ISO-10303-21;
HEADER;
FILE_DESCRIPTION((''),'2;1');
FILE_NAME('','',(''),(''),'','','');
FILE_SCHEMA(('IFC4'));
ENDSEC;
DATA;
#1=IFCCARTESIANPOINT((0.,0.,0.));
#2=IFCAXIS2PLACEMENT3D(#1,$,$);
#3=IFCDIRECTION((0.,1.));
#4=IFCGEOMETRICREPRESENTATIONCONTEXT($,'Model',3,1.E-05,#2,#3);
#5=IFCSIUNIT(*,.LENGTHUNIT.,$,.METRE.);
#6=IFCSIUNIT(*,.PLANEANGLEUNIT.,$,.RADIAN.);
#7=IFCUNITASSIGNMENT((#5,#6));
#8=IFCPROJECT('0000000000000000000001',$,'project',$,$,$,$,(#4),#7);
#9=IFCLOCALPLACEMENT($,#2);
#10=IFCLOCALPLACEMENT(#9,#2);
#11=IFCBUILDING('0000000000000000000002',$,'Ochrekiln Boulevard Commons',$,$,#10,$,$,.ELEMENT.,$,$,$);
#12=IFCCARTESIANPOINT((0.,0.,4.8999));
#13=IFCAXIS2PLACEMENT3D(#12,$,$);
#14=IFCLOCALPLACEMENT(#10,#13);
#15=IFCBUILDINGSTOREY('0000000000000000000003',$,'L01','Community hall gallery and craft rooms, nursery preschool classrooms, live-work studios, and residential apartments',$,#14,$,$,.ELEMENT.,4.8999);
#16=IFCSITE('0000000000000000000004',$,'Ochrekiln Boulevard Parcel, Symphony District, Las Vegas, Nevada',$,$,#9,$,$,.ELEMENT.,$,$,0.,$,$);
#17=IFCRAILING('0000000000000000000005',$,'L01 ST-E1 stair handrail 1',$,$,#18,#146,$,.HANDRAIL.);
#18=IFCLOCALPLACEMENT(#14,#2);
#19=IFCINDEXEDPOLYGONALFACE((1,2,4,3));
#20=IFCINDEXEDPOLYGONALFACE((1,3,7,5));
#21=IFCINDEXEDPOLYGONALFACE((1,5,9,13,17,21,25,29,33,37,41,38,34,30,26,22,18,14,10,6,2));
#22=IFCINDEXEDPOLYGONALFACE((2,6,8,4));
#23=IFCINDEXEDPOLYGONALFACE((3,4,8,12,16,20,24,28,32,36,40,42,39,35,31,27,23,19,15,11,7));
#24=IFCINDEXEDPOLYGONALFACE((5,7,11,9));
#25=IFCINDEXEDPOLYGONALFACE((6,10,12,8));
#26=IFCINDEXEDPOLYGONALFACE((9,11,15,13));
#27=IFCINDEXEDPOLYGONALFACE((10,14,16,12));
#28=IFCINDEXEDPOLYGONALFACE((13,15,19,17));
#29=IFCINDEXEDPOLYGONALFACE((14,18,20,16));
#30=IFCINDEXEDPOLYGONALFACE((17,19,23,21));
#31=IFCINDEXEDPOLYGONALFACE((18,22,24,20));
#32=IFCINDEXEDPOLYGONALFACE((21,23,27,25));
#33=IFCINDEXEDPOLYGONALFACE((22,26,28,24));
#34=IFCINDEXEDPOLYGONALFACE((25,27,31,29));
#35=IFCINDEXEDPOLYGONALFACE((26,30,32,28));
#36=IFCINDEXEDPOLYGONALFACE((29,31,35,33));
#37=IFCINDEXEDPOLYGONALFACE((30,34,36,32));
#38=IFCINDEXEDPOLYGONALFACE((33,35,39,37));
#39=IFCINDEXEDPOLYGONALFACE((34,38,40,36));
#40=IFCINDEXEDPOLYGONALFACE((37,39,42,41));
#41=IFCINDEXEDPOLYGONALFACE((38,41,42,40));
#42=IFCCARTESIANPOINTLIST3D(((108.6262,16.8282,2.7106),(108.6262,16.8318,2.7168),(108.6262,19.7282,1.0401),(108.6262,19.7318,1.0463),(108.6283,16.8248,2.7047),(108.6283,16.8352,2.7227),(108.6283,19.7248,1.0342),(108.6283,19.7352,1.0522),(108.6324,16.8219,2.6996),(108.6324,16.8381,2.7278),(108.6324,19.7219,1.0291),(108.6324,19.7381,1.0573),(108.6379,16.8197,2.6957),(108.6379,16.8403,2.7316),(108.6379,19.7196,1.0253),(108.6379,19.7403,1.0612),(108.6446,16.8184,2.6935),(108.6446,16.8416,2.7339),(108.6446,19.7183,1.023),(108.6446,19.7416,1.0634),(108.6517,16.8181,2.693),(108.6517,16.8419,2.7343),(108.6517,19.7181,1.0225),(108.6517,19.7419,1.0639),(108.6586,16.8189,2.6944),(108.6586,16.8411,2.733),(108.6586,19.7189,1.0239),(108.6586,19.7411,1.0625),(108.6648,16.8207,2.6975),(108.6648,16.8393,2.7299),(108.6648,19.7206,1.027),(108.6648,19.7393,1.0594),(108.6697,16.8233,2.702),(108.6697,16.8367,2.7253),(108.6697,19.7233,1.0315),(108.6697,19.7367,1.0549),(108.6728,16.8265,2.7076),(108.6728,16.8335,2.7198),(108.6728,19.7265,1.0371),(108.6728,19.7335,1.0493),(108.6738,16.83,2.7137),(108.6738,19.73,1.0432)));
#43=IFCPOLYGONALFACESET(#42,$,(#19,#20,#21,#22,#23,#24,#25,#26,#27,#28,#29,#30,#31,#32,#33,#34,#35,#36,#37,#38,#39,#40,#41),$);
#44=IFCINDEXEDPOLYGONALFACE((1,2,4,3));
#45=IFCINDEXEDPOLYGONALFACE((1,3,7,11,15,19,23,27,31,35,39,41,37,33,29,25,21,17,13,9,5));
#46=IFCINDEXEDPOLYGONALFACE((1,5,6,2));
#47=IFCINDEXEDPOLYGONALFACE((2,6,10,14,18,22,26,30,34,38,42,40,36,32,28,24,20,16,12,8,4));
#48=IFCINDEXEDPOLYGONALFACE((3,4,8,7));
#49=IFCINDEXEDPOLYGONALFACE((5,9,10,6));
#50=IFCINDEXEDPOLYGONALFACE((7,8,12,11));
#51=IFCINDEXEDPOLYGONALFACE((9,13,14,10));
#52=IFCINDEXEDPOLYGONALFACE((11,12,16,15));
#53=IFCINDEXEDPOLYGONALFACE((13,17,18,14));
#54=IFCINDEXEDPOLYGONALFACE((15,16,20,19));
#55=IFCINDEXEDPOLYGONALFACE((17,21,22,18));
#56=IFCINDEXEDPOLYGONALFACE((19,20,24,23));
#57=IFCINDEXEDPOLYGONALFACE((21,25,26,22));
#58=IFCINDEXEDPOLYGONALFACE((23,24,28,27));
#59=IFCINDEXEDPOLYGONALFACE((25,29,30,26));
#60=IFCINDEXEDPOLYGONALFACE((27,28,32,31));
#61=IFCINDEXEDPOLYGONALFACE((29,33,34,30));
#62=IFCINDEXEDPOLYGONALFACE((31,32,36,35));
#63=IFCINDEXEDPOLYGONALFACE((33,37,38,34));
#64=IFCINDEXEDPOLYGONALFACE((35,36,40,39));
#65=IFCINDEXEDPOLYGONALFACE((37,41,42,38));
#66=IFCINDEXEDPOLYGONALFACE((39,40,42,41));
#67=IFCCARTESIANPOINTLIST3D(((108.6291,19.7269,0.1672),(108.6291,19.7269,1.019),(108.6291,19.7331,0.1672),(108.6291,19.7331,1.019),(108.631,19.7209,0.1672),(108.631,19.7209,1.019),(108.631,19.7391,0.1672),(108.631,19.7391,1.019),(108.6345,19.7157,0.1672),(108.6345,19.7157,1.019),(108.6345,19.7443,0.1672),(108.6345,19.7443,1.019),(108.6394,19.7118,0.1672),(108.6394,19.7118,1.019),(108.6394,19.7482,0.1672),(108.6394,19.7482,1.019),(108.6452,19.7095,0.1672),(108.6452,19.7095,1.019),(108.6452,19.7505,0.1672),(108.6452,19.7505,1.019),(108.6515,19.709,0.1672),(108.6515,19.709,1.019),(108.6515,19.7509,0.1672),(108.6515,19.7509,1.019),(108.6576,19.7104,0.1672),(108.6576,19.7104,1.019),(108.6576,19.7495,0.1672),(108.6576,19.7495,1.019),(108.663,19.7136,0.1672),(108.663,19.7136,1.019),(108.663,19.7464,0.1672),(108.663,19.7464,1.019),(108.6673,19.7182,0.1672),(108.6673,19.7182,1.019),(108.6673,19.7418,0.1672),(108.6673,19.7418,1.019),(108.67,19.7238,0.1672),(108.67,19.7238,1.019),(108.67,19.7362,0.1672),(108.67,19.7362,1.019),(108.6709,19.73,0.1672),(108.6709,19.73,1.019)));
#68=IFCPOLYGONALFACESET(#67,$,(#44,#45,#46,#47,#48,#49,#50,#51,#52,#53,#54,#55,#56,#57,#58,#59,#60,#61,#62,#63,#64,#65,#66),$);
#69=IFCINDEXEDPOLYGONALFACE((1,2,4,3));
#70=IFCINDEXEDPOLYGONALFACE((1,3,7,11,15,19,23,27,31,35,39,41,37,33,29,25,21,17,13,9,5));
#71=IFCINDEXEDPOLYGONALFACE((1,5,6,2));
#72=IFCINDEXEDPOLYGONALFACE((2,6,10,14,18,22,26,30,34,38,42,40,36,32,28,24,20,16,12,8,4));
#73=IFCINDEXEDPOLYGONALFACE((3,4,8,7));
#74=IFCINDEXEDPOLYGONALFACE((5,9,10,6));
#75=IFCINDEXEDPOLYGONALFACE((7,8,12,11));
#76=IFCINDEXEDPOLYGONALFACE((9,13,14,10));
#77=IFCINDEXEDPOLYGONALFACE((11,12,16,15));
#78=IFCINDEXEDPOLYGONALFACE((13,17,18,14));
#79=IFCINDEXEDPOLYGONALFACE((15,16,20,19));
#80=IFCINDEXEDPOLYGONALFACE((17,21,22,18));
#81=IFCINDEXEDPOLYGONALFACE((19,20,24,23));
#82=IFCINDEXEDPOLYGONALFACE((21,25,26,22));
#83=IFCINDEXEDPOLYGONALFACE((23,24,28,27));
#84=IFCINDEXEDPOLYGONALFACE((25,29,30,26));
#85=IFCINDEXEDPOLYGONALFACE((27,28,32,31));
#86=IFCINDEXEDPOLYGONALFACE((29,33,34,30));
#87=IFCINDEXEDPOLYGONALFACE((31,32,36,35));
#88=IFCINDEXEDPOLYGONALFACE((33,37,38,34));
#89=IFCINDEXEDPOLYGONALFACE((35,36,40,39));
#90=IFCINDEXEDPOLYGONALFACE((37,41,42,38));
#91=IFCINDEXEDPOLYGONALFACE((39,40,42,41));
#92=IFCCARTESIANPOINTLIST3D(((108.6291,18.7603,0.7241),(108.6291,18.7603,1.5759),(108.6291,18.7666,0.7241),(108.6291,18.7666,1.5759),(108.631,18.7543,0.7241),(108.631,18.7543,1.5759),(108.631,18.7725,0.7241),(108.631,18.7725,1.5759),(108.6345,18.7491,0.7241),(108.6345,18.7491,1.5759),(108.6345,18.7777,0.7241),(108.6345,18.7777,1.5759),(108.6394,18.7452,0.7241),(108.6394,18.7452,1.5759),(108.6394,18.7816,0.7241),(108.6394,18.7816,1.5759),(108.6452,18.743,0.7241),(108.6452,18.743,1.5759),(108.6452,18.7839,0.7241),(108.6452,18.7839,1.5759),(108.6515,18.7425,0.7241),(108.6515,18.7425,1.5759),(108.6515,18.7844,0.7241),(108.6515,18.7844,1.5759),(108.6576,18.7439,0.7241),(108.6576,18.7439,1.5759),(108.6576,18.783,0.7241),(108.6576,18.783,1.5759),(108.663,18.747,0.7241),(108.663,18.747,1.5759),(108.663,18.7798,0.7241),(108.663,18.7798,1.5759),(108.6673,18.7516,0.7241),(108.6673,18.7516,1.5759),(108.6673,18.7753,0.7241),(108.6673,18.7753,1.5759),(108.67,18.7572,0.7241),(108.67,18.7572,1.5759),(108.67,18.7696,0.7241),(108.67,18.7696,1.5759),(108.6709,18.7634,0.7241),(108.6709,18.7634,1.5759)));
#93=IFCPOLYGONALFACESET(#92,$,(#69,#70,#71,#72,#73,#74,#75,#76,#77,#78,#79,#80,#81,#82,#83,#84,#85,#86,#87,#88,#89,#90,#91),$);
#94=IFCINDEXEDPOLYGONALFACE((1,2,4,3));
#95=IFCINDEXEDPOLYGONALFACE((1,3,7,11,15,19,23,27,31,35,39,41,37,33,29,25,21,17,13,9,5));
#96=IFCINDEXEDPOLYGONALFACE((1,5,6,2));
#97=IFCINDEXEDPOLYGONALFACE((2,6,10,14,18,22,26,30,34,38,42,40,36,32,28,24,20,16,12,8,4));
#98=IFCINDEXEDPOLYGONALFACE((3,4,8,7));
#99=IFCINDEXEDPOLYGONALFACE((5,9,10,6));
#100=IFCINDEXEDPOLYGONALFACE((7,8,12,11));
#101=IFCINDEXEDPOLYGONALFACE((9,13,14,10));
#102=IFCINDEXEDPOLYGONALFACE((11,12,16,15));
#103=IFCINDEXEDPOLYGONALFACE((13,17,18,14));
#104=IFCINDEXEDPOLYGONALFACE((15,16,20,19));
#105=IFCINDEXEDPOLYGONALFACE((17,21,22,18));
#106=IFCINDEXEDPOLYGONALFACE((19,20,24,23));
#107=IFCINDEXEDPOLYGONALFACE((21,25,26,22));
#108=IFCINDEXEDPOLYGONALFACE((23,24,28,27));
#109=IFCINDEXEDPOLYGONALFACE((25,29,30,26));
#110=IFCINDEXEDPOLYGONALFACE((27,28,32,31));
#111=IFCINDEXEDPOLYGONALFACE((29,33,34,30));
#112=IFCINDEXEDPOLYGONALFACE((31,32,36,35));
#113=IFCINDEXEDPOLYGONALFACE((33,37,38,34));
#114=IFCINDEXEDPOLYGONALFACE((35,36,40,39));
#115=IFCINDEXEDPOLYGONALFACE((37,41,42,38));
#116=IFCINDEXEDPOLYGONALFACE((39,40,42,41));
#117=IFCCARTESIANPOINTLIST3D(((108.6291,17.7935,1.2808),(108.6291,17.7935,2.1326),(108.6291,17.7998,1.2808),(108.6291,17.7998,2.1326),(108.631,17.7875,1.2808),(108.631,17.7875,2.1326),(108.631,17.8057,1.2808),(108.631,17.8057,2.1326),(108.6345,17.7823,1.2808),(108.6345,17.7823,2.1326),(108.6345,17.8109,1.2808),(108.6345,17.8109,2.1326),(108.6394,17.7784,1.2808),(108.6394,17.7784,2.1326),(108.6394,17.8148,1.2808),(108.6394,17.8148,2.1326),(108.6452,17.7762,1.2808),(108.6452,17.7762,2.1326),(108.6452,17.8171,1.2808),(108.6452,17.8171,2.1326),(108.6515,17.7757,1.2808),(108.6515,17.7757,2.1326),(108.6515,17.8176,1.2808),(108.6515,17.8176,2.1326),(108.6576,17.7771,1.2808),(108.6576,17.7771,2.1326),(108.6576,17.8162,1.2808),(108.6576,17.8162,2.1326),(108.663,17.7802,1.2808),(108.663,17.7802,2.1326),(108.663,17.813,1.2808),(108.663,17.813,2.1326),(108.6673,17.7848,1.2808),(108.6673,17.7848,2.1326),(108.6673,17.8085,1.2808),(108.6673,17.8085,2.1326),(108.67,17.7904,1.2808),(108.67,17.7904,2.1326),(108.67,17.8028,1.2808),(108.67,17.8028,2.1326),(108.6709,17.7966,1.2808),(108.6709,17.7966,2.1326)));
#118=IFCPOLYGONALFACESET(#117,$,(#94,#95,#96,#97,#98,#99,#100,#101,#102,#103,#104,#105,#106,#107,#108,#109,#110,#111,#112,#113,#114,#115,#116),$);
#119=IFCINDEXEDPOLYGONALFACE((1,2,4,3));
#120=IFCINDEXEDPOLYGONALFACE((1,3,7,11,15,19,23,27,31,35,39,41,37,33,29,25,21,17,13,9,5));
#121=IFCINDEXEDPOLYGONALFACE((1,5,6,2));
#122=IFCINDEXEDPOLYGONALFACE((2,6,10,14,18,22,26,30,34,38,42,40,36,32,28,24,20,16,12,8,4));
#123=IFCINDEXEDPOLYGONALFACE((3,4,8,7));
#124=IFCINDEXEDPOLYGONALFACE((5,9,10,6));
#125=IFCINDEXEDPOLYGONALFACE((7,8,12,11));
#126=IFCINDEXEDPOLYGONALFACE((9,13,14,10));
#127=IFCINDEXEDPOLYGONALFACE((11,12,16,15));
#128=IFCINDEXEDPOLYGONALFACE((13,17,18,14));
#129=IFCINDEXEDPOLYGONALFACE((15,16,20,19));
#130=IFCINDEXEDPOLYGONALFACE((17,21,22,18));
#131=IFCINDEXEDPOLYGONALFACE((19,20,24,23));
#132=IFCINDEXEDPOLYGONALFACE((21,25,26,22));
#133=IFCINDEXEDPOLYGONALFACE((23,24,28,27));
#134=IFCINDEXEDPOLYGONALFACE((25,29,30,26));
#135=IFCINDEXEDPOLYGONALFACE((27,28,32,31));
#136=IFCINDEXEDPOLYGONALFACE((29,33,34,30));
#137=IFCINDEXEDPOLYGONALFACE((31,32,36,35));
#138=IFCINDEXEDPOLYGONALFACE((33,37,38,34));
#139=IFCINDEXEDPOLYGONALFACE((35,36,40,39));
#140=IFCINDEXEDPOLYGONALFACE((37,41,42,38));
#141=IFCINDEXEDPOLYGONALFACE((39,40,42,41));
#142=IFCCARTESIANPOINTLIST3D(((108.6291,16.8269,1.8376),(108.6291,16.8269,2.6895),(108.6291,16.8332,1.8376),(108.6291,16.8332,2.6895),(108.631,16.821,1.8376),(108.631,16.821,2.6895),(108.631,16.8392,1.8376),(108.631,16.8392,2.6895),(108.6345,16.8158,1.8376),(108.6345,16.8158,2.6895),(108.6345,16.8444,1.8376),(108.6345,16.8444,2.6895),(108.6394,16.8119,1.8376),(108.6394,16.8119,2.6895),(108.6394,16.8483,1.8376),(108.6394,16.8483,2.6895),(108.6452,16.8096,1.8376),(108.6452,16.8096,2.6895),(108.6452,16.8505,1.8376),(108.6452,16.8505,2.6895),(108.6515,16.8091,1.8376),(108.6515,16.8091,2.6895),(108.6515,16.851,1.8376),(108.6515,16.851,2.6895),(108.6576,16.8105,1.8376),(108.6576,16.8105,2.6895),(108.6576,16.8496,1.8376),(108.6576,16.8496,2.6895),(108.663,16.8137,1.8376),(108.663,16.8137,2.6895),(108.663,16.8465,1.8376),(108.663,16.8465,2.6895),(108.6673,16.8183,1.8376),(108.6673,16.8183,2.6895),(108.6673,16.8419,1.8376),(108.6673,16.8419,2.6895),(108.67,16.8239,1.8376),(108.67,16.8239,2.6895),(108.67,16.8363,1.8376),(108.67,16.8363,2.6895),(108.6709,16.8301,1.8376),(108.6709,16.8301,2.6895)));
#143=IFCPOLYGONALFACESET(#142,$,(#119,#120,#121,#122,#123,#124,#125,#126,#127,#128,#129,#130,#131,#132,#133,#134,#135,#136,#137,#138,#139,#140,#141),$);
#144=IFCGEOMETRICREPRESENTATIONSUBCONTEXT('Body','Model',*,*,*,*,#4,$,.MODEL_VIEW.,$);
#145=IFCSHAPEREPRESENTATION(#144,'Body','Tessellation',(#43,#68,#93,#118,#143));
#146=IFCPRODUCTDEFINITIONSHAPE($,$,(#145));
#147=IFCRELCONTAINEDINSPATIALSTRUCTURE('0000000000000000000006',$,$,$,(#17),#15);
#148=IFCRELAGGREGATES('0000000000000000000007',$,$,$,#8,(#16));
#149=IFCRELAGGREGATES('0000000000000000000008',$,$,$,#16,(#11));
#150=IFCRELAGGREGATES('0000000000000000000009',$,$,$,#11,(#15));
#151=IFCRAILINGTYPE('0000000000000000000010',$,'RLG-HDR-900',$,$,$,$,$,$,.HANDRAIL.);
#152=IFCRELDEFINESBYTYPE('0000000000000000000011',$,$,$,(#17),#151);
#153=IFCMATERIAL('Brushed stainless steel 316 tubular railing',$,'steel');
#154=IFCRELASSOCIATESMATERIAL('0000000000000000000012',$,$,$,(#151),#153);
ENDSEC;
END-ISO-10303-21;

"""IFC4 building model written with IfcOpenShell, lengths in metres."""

from ifc_helpers import new_model, si_unit, direction, frame, origin, origin_2d, place, context, subcontext, project, spatial, circle, extrude, material, type_object, element, save


model = new_model("IFC4")

# Units and contexts
model_context = context("Model", 3, precision=1e-05, world=origin(), true_north=direction((0.0, 1.0)))
body_context = subcontext(model_context, "Body", "Model", "MODEL_VIEW")
ifc_project = project(units=[si_unit("LENGTHUNIT", "METRE"), si_unit("PLANEANGLEUNIT", "RADIAN")], contexts=[model_context])

# Site, building, storey
site_placement = place(None, origin())
site = spatial("IfcSite", under=ifc_project, at=site_placement, Name="Ochrekiln Boulevard Parcel, Symphony District, Las Vegas, Nevada", CompositionType="ELEMENT", RefElevation=0.0)
building_placement = place(site_placement, origin())
building = spatial("IfcBuilding", under=site, at=building_placement, Name="Ochrekiln Boulevard Commons", CompositionType="ELEMENT")
storey_placement = place(building_placement, frame((0.0, 0.0, 4.8999)))
storey = spatial("IfcBuildingStorey", under=building, at=storey_placement, Name="L01", Description="Community hall gallery and craft rooms, nursery preschool classrooms, live-work studios, and residential apartments", CompositionType="ELEMENT", Elevation=4.8999)

# Railing
ifc_material_1 = material(Name="Brushed stainless steel 316 tubular railing", Category="steel")
railing_type_1 = type_object("IfcRailingType", Name="RLG-HDR-900", PredefinedType="HANDRAIL", material=ifc_material_1)
railing_1_placement = place(storey_placement, frame((108.6499, 19.73, 0.1672)))
element("IfcRailing", 1, at=railing_1_placement, inside=storey, type_object=railing_type_1, Name="L01 ST-E1 stair handrail 1", PredefinedType="HANDRAIL", context=body_context, shape_type="SweptSolid", body=[
    extrude(circle(Radius=0.0239, at=origin_2d()), frame((0.0, 0.0, 0.876), z_axis=(0.0, -0.866523, 0.499137), x_axis=(1.0, 0.0, 0.0)), (0.0, 0.0, 1.0), 3.3467),
    extrude(circle(Radius=0.021, at=origin_2d()), origin(), (0.0, 0.0, 1.0), 0.8518),
    extrude(circle(Radius=0.021, at=origin_2d()), frame((0.0, -0.9666, 0.5569)), (0.0, 0.0, 1.0), 0.8518),
    extrude(circle(Radius=0.021, at=origin_2d()), frame((0.0, -1.9333, 1.1135)), (0.0, 0.0, 1.0), 0.8518),
    extrude(circle(Radius=0.021, at=origin_2d()), frame((0.0, -2.8999, 1.6704)), (0.0, 0.0, 1.0), 0.8518),
])

save(model, "model.ifc")
